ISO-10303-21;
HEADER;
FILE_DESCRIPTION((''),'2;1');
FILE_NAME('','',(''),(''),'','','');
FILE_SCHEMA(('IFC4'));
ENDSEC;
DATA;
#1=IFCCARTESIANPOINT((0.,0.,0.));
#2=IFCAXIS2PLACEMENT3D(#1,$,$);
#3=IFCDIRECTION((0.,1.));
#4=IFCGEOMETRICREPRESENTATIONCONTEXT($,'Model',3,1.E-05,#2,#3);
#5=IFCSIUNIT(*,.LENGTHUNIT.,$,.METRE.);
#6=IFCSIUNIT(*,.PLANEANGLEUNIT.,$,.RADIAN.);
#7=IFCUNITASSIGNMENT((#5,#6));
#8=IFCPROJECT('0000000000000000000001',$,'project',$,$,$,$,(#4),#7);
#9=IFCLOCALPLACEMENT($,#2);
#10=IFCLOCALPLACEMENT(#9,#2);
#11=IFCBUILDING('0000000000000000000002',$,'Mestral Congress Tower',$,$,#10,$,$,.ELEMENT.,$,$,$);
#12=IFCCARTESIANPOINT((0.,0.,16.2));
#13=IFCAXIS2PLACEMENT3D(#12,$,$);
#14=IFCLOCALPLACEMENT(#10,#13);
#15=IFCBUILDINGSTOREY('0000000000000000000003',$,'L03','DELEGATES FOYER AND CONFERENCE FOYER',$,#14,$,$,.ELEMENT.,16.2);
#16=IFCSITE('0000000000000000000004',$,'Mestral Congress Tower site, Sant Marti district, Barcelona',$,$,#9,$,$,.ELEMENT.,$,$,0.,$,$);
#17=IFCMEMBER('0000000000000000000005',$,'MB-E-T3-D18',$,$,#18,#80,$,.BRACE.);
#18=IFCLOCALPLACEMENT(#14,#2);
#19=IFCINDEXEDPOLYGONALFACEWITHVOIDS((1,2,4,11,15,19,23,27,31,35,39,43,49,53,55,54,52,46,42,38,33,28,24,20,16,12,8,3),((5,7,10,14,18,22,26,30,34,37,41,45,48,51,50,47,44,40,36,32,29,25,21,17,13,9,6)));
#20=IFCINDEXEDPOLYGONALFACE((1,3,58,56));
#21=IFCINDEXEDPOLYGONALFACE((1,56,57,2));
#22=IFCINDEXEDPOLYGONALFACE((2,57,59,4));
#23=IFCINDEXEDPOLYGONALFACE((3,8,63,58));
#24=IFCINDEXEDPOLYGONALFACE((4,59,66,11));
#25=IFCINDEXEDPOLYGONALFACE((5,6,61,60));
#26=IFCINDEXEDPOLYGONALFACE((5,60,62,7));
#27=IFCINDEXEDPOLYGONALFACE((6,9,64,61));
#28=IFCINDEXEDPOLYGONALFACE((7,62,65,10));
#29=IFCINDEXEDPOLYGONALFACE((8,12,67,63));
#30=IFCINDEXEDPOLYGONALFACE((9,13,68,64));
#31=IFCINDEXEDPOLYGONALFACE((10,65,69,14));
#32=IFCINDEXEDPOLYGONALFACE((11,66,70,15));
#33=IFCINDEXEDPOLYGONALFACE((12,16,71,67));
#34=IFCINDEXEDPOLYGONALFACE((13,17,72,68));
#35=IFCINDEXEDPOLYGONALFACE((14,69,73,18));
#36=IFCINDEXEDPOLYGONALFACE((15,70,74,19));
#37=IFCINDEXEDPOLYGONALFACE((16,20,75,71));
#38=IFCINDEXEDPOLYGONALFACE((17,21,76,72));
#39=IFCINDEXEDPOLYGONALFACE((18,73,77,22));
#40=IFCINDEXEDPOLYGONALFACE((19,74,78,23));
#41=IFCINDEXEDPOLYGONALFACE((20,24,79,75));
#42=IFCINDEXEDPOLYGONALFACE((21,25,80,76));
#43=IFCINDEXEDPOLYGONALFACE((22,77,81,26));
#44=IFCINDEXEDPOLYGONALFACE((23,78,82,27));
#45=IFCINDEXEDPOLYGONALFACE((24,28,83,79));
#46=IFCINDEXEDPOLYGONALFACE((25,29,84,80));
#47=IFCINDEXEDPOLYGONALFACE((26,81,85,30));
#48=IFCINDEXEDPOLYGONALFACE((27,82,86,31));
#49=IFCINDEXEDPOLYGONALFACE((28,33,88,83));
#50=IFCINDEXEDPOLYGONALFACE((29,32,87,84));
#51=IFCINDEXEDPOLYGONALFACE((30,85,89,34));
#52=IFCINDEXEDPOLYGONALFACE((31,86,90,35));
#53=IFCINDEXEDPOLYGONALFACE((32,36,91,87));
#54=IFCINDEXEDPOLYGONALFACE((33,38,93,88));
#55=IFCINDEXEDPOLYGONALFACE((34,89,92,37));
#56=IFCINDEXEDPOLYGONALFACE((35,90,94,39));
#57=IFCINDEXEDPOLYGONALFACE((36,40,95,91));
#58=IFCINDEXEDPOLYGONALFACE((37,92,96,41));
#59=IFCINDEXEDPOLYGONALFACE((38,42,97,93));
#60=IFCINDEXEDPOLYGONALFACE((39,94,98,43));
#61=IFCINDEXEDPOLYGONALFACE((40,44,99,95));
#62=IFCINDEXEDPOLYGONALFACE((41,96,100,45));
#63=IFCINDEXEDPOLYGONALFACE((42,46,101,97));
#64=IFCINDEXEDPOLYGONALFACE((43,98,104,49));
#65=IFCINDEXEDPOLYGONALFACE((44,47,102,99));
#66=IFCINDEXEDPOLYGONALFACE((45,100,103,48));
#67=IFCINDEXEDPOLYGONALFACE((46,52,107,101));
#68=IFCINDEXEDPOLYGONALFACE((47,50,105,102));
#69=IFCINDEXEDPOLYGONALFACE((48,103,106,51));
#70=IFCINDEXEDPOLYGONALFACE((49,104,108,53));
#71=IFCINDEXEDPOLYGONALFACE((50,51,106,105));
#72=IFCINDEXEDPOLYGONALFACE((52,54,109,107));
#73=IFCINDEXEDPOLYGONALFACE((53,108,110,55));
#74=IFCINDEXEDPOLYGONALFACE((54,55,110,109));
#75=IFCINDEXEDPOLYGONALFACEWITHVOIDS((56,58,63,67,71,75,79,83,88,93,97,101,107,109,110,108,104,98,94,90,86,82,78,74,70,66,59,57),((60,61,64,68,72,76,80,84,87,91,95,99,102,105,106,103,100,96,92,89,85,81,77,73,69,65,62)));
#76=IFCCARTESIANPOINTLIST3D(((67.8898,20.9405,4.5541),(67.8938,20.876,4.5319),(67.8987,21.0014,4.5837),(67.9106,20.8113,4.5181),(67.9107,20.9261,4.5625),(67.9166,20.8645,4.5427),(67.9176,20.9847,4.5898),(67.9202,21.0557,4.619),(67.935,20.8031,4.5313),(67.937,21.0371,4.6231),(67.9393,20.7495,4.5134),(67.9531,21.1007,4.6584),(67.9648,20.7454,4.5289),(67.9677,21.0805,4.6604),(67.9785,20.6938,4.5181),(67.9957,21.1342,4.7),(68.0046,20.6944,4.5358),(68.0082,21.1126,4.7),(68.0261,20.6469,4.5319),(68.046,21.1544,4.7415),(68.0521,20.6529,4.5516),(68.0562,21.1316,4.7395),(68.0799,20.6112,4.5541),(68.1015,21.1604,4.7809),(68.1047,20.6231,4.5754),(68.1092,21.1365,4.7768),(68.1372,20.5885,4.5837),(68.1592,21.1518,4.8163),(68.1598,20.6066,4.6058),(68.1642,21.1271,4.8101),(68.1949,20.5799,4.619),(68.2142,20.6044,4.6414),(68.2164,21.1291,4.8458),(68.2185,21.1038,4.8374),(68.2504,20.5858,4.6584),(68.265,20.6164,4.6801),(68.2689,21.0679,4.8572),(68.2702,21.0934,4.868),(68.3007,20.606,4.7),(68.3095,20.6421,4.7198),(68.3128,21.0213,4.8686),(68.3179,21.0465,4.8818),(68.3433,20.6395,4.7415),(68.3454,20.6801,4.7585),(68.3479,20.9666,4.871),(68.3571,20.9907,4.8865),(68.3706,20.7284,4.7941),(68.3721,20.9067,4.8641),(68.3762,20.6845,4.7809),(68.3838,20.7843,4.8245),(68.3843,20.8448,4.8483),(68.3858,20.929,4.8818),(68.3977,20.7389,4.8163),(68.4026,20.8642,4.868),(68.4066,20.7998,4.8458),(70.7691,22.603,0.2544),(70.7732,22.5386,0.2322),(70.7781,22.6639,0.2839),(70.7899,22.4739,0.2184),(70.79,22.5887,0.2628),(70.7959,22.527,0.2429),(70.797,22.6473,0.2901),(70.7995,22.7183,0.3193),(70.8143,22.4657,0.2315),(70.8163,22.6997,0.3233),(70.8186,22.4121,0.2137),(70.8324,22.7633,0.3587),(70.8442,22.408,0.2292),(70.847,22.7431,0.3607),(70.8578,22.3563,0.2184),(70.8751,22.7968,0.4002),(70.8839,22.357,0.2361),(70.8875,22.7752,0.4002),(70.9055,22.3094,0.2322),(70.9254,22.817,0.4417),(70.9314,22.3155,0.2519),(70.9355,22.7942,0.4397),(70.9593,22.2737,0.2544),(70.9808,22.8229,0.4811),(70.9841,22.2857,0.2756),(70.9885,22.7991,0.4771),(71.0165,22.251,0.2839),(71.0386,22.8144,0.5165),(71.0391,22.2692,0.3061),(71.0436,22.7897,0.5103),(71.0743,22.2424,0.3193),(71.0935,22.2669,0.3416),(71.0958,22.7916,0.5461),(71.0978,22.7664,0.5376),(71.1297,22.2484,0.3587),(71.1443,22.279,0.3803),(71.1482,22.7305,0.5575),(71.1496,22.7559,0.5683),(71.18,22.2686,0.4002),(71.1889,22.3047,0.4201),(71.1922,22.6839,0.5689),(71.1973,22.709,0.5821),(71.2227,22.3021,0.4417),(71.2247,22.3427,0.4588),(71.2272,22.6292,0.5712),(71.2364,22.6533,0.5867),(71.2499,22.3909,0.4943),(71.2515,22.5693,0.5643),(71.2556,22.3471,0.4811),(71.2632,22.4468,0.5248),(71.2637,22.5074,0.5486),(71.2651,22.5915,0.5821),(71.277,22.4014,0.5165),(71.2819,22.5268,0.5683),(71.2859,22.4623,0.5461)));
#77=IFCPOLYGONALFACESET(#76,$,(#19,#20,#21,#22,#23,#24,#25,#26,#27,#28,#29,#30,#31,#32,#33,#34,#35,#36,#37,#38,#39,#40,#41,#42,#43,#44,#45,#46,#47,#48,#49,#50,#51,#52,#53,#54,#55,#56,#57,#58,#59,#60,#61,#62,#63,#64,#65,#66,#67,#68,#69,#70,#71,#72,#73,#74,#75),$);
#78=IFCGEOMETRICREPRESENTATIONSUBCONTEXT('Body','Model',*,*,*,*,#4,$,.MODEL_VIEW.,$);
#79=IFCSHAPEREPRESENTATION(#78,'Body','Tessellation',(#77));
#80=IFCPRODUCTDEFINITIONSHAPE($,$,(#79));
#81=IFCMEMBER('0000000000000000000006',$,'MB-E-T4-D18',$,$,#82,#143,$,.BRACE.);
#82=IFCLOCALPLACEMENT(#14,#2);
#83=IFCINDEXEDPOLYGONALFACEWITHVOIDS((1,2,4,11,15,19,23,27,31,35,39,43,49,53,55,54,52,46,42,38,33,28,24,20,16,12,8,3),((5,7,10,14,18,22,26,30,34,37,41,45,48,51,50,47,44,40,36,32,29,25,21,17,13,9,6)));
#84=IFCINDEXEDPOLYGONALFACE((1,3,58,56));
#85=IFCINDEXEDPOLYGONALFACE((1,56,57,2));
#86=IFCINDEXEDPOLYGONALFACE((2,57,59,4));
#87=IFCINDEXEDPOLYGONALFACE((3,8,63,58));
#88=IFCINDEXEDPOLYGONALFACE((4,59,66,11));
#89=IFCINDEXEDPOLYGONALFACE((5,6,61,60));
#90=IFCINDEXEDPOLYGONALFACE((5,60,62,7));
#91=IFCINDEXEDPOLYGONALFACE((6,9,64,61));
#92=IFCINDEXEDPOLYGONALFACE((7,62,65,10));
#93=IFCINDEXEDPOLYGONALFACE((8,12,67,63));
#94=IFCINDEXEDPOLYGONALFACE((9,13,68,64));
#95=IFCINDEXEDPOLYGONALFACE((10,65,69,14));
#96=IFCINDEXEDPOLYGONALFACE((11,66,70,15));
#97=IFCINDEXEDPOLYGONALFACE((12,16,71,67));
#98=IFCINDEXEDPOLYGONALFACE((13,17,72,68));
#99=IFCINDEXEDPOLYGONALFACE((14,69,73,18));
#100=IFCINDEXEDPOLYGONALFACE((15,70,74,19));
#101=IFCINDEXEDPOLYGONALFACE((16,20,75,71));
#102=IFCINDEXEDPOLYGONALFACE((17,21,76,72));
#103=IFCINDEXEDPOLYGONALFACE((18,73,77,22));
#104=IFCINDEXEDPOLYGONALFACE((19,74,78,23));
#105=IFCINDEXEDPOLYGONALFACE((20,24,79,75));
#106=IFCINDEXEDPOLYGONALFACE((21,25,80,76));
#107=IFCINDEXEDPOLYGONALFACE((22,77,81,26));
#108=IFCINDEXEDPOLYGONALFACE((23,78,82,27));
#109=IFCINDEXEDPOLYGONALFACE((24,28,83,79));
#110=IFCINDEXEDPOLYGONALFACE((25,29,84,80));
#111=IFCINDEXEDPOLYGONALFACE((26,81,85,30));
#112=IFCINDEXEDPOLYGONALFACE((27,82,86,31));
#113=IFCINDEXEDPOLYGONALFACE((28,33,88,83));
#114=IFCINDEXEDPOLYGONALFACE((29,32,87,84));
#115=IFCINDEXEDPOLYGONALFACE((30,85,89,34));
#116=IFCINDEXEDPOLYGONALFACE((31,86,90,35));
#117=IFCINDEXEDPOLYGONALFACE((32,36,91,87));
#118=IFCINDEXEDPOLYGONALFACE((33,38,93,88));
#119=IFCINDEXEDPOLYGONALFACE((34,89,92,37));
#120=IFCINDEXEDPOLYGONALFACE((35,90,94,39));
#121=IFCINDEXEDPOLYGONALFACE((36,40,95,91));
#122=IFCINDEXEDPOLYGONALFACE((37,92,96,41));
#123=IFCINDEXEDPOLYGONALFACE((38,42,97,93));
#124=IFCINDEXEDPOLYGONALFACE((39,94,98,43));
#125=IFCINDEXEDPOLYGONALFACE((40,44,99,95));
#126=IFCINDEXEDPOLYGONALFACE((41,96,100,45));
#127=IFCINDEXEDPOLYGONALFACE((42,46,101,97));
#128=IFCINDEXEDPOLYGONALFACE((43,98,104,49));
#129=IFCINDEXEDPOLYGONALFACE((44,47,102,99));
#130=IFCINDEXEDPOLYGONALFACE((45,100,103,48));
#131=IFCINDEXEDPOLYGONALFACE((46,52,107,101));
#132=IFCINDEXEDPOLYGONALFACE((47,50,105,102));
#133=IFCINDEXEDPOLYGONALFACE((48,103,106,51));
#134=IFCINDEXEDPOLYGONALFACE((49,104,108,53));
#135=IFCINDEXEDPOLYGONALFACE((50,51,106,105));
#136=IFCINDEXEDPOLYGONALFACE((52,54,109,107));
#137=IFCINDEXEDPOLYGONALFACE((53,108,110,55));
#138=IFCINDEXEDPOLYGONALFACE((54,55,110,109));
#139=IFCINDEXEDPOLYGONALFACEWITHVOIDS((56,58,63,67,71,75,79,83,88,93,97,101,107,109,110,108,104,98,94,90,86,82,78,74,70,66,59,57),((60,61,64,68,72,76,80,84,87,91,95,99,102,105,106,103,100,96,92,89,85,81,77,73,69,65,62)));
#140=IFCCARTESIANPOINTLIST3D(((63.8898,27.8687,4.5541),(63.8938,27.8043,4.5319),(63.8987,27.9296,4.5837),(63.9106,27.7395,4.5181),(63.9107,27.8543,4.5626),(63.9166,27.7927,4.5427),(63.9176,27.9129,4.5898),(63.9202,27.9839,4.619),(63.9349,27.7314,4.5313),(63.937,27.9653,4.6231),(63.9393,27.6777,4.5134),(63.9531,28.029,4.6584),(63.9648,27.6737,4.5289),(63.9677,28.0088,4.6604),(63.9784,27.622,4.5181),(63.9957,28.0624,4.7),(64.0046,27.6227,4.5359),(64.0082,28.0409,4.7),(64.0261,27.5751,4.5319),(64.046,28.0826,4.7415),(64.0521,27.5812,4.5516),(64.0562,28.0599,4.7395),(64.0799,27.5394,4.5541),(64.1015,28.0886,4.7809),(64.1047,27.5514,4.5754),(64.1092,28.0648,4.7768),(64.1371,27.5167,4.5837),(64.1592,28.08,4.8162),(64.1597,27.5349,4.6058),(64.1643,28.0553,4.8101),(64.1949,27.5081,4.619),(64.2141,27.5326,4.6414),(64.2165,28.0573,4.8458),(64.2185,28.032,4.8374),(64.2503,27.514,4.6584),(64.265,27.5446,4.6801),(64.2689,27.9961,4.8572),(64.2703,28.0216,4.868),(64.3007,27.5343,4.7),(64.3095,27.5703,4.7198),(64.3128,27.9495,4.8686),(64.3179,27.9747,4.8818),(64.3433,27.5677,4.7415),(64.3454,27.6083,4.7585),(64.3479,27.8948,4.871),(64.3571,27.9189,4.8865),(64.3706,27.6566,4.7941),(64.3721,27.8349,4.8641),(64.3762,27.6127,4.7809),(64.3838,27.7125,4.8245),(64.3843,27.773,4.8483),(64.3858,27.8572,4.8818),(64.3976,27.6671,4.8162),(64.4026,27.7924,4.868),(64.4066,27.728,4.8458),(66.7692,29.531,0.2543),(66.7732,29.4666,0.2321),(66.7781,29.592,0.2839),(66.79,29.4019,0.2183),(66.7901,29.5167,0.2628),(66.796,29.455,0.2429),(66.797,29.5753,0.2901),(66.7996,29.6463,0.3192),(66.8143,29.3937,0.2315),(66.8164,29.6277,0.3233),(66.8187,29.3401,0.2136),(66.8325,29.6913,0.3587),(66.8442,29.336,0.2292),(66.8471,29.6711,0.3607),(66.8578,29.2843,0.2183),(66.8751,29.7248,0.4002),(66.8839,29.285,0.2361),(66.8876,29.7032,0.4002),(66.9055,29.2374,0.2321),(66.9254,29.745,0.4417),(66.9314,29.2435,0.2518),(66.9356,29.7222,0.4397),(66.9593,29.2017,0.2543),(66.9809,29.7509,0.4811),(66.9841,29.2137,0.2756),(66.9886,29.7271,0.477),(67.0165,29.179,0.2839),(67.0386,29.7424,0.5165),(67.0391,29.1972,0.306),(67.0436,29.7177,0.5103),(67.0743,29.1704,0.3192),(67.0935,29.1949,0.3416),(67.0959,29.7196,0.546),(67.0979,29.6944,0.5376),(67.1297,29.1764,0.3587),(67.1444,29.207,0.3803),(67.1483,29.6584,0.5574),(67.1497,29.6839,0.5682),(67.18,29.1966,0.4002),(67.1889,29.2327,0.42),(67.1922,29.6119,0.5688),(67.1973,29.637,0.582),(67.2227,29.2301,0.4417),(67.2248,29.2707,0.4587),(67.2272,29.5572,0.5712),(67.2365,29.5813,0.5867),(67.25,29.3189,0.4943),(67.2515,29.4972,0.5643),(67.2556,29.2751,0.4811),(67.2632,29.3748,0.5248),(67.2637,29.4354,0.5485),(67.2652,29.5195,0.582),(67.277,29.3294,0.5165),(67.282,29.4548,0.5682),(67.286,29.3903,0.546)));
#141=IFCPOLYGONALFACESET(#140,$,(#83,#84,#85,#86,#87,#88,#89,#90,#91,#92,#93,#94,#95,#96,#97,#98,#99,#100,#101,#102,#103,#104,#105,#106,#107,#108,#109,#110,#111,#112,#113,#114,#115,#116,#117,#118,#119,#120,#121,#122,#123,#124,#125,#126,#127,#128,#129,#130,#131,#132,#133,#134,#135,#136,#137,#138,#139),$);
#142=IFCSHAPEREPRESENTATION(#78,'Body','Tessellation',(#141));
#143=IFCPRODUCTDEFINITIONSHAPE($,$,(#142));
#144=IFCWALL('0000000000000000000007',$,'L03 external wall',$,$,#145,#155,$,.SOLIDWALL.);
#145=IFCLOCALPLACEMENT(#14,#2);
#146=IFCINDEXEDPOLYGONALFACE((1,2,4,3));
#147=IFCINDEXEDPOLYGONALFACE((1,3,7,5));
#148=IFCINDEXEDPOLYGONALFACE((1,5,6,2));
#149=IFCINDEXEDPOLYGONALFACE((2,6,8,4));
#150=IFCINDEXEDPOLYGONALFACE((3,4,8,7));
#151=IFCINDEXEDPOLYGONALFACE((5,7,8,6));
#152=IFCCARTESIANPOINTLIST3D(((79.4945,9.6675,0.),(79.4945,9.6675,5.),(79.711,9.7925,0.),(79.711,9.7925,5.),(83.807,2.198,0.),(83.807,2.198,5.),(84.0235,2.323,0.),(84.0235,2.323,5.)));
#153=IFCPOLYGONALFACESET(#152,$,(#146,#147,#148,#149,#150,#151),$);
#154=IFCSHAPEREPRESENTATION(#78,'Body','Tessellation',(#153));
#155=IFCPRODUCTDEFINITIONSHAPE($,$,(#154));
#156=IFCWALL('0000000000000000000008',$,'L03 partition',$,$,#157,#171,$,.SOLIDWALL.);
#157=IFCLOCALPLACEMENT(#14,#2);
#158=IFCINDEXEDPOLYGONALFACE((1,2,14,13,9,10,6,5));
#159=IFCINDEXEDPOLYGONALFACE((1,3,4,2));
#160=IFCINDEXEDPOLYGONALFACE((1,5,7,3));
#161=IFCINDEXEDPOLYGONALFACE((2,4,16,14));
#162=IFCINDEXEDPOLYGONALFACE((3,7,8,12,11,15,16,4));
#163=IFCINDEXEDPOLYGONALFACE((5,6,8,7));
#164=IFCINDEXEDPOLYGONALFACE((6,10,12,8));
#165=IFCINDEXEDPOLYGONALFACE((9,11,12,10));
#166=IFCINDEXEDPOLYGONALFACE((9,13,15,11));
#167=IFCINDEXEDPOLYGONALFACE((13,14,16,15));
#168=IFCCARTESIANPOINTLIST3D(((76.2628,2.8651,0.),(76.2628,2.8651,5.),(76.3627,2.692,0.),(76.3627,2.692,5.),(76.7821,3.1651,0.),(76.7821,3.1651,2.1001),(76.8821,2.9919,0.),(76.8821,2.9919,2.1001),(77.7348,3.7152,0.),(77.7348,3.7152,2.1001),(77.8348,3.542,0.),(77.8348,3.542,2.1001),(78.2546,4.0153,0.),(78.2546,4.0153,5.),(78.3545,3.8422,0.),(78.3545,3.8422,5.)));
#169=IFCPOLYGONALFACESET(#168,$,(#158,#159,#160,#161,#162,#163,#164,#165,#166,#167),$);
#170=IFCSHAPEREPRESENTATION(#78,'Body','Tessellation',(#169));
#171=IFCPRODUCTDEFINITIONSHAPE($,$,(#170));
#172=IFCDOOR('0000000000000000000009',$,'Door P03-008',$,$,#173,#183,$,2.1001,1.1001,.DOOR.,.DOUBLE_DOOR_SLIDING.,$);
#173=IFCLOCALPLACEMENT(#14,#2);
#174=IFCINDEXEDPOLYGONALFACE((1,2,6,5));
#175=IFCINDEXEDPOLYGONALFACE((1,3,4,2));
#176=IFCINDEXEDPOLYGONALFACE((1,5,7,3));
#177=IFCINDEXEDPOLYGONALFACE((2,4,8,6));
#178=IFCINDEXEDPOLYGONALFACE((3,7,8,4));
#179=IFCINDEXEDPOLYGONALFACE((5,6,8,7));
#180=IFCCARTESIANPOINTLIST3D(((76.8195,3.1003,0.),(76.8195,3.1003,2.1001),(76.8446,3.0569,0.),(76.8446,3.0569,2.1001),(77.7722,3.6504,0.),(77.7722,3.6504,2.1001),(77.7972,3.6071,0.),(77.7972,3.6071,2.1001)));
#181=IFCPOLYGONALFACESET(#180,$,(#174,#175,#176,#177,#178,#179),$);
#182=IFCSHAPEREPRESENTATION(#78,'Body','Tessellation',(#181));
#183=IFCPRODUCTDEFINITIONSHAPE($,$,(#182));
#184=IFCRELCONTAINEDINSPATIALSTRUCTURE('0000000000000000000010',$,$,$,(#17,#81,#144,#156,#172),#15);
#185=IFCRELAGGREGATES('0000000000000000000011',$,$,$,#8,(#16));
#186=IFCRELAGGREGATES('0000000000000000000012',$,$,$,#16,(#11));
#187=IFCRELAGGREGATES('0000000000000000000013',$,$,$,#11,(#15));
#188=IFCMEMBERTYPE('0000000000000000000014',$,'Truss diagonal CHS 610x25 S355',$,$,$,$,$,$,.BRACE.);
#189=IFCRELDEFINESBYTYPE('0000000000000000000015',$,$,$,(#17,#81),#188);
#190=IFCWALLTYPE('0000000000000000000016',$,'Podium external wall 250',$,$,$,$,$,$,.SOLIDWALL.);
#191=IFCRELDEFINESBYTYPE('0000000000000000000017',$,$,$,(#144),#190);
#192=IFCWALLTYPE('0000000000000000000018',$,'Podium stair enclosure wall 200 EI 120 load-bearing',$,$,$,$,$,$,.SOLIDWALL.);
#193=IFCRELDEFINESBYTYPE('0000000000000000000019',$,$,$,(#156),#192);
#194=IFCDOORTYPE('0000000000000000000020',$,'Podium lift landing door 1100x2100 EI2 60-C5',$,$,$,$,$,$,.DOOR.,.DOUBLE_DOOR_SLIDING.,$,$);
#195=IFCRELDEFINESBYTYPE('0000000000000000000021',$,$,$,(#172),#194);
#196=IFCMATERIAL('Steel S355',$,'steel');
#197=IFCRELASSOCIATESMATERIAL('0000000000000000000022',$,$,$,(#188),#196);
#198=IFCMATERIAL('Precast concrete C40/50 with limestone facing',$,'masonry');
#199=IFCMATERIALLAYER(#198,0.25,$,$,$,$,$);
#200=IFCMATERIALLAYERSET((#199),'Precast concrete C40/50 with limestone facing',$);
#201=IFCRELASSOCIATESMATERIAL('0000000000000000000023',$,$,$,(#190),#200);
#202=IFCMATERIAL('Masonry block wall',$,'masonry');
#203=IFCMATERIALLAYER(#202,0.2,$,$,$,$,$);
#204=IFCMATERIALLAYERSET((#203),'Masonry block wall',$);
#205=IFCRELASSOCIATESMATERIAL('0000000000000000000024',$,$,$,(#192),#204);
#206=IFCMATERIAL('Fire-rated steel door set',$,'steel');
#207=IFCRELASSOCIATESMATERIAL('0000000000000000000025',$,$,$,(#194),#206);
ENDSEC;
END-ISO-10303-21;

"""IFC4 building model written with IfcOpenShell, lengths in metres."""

from ifc_helpers import new_model, si_unit, direction, frame, frame_2d, origin, origin_2d, place, context, subcontext, project, spatial, rectangle, hollow_circle, extrude, material, layer, layer_set, material_profile, profile_set, type_object, element, fill, save


model = new_model("IFC4")

# Units and contexts
model_context = context("Model", 3, precision=1e-05, world=origin(), true_north=direction((0.0, 1.0)))
body_context = subcontext(model_context, "Body", "Model", "MODEL_VIEW")
ifc_project = project(units=[si_unit("LENGTHUNIT", "METRE"), si_unit("PLANEANGLEUNIT", "RADIAN")], contexts=[model_context])

# Site, building, storey
site_placement = place(None, origin())
site = spatial("IfcSite", under=ifc_project, at=site_placement, Name="Mestral Congress Tower site, Sant Marti district, Barcelona", CompositionType="ELEMENT", RefElevation=0.0)
building_placement = place(site_placement, origin())
building = spatial("IfcBuilding", under=site, at=building_placement, Name="Mestral Congress Tower", CompositionType="ELEMENT")
storey_placement = place(building_placement, frame((0.0, 0.0, 16.2)))
storey = spatial("IfcBuildingStorey", under=building, at=storey_placement, Name="L03", Description="DELEGATES FOYER AND CONFERENCE FOYER", CompositionType="ELEMENT", Elevation=16.2)

# Members
ifc_material_1 = material(Name="Steel S355", Category="steel")
ifc_material_profile_1 = material_profile(ifc_material_1, hollow_circle(Radius=0.3049, WallThickness=0.0249, at=origin_2d()), Name="CHS 610x25")
ifc_profile_set_1 = profile_set([ifc_material_profile_1], Name="Steel S355")
member_type_1 = type_object("IfcMemberType", Name="Truss diagonal CHS 610x25 S355", PredefinedType="BRACE", material=ifc_profile_set_1)
for number, where, z_axis, x_axis, name in (
    (1, (68.1482, 20.8701, 4.7), (0.529749, 0.305884, -0.791076), (-0.50004, 0.866002, 0.0), "MB-E-T3-D18"),
    (2, (64.1482, 27.7983, 4.7), (0.529757, 0.305843, -0.791087), (-0.499985, 0.866034, 0.0), "MB-E-T4-D18"),
):
    element("IfcMember", number, at=place(storey_placement, frame(where, z_axis=z_axis, x_axis=x_axis)), inside=storey, type_object=member_type_1, Name=name, PredefinedType="BRACE", context=body_context, shape_type="SweptSolid", body=[
        extrude(hollow_circle(Radius=0.3049, WallThickness=0.0249, at=origin_2d()), origin(), (0.0, 0.0, 1.0), 5.4353),
    ])

# Wall
ifc_material_2 = material(Name="Precast concrete C40/50 with limestone facing", Category="masonry")
ifc_layer_1 = layer(ifc_material_2, 0.25)
ifc_layer_set_1 = layer_set([ifc_layer_1], Name="Precast concrete C40/50 with limestone facing")
wall_type_1 = type_object("IfcWallType", Name="Podium external wall 250", PredefinedType="SOLIDWALL", material=ifc_layer_set_1)
wall_1_placement = place(storey_placement, frame((79.6028, 9.73, 0.0), z_axis=(0.0, 0.0, 1.0), x_axis=(0.499999, -0.866026, 0.0)))
element("IfcWall", 3, at=wall_1_placement, inside=storey, type_object=wall_type_1, Name="L03 external wall", PredefinedType="SOLIDWALL", context=body_context, shape_type="SweptSolid", body=[
    extrude(rectangle(XDim=8.625, YDim=0.25, at=frame_2d((4.3125, 0.0))), origin(), (0.0, 0.0, 1.0), 5.0),
])

# Wall, opening, door
ifc_material_3 = material(Name="Masonry block wall", Category="masonry")
ifc_layer_2 = layer(ifc_material_3, 0.2)
ifc_layer_set_2 = layer_set([ifc_layer_2], Name="Masonry block wall")
wall_type_2 = type_object("IfcWallType", Name="Podium stair enclosure wall 200 EI 120 load-bearing", PredefinedType="SOLIDWALL", material=ifc_layer_set_2)
wall_2_placement = place(storey_placement, frame((78.3044, 3.9287, 0.0), z_axis=(0.0, 0.0, 1.0), x_axis=(-0.865981, -0.500078, 0.0)))
wall_2 = element("IfcWall", 4, at=wall_2_placement, inside=storey, type_object=wall_type_2, Name="L03 partition", PredefinedType="SOLIDWALL", context=body_context, shape_type="SweptSolid", body=[
    extrude(rectangle(XDim=2.3, YDim=0.2, at=frame_2d((1.1499, 0.0))), origin(), (0.0, 0.0, 1.0), 5.0),
])
opening_1_placement = place(wall_2_placement, frame((0.6001, 0.0, 0.0)))
opening_1 = element("IfcOpeningElement", 5, at=opening_1_placement, cuts=wall_2, PredefinedType="OPENING", context=body_context, shape_type="SweptSolid", body=[
    extrude(rectangle(XDim=1.1001, YDim=2.1001, at=frame_2d((0.55, 1.05))), frame((0.0, 0.1099, 0.0), z_axis=(0.0, -1.0, 0.0), x_axis=(1.0, 0.0, 0.0)), (0.0, 0.0, 1.0), 0.22),
])
ifc_material_4 = material(Name="Fire-rated steel door set", Category="steel")
door_type_1 = type_object("IfcDoorType", Name="Podium lift landing door 1100x2100 EI2 60-C5", OperationType="DOUBLE_DOOR_SLIDING", PredefinedType="DOOR", material=ifc_material_4)
door_1_placement = place(opening_1_placement, origin())
door_1 = element("IfcDoor", 6, at=door_1_placement, inside=storey, type_object=door_type_1, Name="Door P03-008", OperationType="DOUBLE_DOOR_SLIDING", OverallHeight=2.1001, OverallWidth=1.1001, PredefinedType="DOOR", context=body_context, shape_type="SweptSolid", body=[
    extrude(rectangle(XDim=1.1001, YDim=2.1001, at=frame_2d((0.55, 1.05))), frame((0.0, 0.0249, 0.0), z_axis=(0.0, -1.0, 0.0), x_axis=(1.0, 0.0, 0.0)), (0.0, 0.0, 1.0), 0.05),
])
fill(opening_1, door_1)

save(model, "model.ifc")
